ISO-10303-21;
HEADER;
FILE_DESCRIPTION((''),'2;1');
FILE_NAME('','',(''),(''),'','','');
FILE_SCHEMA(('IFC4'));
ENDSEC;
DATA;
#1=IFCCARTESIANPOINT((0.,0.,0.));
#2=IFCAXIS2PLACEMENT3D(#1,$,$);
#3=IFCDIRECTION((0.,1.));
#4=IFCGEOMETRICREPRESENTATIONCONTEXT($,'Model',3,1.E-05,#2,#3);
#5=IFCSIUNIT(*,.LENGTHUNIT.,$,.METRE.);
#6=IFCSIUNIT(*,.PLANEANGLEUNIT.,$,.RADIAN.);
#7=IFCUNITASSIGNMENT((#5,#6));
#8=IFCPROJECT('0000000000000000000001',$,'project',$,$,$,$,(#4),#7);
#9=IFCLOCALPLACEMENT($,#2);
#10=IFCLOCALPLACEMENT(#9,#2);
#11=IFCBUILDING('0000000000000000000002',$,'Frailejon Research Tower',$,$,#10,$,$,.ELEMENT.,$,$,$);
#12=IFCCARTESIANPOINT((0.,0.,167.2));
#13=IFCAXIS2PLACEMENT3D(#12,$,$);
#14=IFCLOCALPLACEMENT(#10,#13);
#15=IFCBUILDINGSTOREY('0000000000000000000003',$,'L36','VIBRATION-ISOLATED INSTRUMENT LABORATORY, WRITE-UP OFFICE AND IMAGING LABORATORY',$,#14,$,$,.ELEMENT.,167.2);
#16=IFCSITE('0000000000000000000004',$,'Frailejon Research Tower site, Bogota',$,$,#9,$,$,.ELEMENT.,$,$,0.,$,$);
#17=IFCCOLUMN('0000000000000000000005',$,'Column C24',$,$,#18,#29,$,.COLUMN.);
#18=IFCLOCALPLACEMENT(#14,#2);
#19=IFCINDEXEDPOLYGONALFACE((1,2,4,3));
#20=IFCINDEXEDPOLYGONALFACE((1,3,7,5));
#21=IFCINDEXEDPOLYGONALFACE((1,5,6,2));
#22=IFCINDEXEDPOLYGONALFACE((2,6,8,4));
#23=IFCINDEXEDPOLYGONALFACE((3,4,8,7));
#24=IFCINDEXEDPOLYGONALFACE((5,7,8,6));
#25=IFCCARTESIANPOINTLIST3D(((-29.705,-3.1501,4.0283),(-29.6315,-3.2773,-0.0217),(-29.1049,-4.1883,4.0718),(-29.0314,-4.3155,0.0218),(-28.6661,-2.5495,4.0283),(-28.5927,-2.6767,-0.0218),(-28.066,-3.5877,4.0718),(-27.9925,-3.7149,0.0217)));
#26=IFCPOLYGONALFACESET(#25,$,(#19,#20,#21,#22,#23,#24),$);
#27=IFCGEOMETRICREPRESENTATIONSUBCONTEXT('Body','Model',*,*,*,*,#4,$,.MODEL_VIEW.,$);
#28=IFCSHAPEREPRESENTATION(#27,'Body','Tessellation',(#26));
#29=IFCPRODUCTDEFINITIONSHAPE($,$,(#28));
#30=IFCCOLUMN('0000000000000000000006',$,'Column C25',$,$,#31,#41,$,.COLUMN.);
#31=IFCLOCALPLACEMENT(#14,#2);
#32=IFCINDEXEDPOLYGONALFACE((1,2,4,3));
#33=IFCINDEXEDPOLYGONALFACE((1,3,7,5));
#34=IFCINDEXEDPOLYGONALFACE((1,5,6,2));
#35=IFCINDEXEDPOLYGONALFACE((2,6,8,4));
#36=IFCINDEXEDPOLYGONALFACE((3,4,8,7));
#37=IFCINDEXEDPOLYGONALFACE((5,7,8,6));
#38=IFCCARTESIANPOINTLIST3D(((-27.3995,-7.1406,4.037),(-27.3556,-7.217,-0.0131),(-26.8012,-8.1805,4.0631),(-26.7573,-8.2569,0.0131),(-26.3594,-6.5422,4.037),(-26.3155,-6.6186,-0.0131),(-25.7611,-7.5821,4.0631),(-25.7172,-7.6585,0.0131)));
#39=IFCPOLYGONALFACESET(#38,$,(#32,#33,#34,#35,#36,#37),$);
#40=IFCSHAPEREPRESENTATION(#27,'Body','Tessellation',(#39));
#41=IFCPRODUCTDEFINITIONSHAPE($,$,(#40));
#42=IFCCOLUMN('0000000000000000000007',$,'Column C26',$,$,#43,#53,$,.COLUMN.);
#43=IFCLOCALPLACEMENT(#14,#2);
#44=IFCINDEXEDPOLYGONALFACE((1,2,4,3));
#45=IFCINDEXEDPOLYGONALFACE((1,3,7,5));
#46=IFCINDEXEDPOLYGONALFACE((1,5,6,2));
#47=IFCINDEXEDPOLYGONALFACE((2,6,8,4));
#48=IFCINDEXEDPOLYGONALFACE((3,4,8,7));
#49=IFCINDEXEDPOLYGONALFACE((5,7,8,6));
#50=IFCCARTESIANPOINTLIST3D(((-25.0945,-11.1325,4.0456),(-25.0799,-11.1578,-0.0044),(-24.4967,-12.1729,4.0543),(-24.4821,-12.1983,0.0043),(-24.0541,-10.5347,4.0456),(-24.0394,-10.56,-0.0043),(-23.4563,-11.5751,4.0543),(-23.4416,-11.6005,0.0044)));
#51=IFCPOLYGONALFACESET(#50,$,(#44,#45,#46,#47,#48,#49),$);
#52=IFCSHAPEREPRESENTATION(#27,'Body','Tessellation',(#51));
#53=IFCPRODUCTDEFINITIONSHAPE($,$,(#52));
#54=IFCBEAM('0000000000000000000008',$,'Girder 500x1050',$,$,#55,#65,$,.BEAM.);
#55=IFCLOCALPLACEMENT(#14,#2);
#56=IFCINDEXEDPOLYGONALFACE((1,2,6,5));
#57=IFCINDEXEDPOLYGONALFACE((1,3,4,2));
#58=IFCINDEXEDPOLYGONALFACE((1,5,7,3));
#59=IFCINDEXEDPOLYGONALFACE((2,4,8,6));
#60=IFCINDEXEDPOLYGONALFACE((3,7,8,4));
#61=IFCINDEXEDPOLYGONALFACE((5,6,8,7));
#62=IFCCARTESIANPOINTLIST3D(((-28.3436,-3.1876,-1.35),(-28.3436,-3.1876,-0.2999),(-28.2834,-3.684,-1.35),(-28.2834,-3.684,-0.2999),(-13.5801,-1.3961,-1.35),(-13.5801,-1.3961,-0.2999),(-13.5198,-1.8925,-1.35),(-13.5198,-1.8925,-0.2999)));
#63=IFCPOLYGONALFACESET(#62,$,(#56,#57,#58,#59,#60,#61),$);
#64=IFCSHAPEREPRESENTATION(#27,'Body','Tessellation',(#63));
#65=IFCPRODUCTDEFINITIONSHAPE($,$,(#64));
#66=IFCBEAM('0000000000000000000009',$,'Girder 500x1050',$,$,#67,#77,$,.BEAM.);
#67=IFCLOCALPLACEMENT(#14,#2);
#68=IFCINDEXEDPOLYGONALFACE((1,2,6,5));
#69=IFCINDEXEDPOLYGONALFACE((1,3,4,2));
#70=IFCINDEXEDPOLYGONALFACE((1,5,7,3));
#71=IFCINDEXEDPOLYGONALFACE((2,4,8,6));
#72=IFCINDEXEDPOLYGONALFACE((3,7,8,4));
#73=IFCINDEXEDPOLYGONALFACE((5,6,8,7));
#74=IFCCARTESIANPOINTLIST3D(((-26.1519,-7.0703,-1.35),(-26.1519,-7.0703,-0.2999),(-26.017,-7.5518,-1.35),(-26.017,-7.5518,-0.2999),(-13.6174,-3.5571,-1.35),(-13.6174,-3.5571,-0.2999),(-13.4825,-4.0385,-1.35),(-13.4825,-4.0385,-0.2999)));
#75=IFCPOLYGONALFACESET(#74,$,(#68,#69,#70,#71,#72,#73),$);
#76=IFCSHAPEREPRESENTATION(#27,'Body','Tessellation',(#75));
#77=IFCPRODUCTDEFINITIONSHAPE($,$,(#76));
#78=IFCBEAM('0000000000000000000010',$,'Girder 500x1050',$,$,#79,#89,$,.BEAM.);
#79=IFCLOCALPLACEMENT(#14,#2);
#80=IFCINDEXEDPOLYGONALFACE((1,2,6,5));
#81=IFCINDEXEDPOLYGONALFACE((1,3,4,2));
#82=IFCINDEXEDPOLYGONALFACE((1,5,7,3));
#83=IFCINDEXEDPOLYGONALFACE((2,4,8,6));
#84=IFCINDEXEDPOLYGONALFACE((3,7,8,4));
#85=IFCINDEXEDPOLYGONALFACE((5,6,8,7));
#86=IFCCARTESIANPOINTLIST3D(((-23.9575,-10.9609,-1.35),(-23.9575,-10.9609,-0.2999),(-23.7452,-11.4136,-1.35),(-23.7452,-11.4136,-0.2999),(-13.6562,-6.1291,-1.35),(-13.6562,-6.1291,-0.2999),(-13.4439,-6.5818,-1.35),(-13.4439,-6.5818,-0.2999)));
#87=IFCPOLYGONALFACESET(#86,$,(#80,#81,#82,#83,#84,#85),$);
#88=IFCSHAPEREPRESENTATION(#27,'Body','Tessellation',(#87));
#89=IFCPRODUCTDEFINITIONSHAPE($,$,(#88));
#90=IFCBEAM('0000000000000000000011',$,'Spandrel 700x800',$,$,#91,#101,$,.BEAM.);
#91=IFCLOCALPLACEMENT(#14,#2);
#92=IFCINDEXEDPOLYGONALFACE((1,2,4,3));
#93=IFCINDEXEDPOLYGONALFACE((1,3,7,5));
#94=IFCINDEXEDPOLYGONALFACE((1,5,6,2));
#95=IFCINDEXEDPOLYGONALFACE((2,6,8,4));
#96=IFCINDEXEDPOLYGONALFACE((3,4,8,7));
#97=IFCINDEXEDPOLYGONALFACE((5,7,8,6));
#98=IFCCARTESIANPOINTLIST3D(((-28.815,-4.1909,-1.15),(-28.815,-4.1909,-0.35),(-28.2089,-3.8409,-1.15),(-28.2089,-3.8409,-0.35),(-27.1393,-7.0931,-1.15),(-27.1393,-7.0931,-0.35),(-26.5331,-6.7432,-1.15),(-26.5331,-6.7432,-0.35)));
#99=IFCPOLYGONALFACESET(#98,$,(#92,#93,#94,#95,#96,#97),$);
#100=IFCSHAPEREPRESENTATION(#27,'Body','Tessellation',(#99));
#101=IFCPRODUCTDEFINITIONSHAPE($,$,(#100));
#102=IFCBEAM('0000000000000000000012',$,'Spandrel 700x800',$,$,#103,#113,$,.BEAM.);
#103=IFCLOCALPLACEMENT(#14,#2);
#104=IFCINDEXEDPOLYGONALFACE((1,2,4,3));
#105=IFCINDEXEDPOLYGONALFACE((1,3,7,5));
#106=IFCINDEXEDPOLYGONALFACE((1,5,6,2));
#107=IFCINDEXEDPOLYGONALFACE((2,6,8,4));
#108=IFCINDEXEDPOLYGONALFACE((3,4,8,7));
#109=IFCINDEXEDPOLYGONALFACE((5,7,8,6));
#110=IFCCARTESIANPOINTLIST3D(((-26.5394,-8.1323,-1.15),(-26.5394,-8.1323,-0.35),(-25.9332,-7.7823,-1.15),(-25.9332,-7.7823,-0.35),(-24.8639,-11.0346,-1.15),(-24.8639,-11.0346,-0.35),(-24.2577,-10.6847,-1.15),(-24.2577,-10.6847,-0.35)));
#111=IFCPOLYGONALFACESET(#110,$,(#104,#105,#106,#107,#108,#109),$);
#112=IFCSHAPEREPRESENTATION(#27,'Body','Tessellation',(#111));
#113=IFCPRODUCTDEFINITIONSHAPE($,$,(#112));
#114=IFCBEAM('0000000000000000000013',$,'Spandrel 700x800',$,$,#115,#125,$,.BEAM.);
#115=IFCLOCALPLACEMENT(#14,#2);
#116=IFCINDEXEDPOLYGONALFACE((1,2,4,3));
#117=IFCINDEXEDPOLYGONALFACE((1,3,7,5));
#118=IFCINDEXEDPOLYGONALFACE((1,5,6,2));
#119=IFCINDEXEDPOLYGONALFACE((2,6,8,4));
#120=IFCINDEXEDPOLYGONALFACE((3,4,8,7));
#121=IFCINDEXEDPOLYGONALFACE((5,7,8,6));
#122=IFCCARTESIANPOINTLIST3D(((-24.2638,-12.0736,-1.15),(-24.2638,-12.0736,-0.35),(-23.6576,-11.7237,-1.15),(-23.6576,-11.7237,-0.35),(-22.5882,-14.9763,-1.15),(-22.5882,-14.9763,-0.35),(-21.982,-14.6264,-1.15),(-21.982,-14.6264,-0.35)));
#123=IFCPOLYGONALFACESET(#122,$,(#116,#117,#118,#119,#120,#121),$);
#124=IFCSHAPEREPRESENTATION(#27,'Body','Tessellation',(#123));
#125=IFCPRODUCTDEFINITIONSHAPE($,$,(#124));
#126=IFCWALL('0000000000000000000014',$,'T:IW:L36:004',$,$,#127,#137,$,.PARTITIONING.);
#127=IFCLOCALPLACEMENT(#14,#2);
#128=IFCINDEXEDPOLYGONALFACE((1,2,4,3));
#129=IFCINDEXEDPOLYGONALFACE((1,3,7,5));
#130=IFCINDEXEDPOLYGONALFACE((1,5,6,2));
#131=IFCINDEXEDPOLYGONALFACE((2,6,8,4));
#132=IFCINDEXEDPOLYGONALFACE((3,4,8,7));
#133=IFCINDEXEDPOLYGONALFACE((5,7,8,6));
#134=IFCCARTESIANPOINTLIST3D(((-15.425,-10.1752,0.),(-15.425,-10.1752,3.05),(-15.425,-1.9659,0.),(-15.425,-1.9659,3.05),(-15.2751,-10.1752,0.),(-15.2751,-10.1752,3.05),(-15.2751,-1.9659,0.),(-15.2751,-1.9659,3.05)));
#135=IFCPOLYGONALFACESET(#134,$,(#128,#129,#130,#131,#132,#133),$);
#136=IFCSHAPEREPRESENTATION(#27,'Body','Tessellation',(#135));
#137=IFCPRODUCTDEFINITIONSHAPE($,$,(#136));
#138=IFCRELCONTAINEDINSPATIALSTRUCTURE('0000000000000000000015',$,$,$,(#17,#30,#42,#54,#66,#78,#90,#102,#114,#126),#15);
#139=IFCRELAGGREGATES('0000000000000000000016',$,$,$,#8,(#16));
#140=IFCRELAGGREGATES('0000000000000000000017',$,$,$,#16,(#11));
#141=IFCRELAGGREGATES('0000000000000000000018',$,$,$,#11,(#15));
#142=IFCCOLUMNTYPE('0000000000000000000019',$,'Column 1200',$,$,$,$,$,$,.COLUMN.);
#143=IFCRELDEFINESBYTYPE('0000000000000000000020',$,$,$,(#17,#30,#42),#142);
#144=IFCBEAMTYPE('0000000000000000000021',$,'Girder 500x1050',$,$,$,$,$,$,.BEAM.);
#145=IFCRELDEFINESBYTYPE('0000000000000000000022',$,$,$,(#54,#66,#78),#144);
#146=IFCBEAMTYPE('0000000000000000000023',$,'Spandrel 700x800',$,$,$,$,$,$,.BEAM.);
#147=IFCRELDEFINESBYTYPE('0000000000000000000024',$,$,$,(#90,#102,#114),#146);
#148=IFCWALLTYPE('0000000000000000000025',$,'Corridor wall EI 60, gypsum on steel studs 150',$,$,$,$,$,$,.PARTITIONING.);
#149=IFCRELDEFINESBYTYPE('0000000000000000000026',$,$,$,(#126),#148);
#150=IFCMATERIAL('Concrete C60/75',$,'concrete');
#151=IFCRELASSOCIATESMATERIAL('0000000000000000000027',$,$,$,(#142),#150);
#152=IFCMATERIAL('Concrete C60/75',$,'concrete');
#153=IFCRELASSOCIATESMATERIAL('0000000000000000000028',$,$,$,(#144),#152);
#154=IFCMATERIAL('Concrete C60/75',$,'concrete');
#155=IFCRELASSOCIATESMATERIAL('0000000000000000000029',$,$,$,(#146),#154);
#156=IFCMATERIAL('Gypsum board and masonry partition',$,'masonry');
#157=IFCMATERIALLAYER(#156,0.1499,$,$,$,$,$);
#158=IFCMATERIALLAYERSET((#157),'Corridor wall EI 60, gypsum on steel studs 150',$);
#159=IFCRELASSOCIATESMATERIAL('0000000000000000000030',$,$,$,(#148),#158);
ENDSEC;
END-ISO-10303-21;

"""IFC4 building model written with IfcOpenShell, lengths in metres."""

from ifc_helpers import new_model, si_unit, direction, frame, frame_2d, origin, origin_2d, place, context, subcontext, project, spatial, rectangle, extrude, material, layer, layer_set, material_profile, profile_set, type_object, element, save


model = new_model("IFC4")

# Units and contexts
model_context = context("Model", 3, precision=1e-05, world=origin(), true_north=direction((0.0, 1.0)))
body_context = subcontext(model_context, "Body", "Model", "MODEL_VIEW")
ifc_project = project(units=[si_unit("LENGTHUNIT", "METRE"), si_unit("PLANEANGLEUNIT", "RADIAN")], contexts=[model_context])

# Site, building, storey
site_placement = place(None, origin())
site = spatial("IfcSite", under=ifc_project, at=site_placement, Name="Frailejon Research Tower site, Bogota", CompositionType="ELEMENT", RefElevation=0.0)
building_placement = place(site_placement, origin())
building = spatial("IfcBuilding", under=site, at=building_placement, Name="Frailejon Research Tower", CompositionType="ELEMENT")
storey_placement = place(building_placement, frame((0.0, 0.0, 167.2)))
storey = spatial("IfcBuildingStorey", under=building, at=storey_placement, Name="L36", Description="VIBRATION-ISOLATED INSTRUMENT LABORATORY, WRITE-UP OFFICE AND IMAGING LABORATORY", CompositionType="ELEMENT", Elevation=167.2)

# Columns
ifc_material_1 = material(Name="Concrete C60/75", Category="concrete")
ifc_material_profile_1 = material_profile(ifc_material_1, rectangle(XDim=1.2, YDim=1.2, at=origin_2d()), Name="Column 1200")
ifc_profile_set_1 = profile_set([ifc_material_profile_1], Name="Concrete C60/75")
column_type = type_object("IfcColumnType", Name="Column 1200", PredefinedType="COLUMN", material=ifc_profile_set_1)
column_1_placement = place(storey_placement, frame((-28.812, -3.4961, 0.0), z_axis=(-0.018133, 0.031386, 0.999343), x_axis=(0.500145, -0.865183, 0.036247)))
element("IfcColumn", 1, at=column_1_placement, inside=storey, type_object=column_type, Name="Column C24", PredefinedType="COLUMN", context=body_context, shape_type="SweptSolid", body=[
    extrude(rectangle(XDim=1.2, YDim=1.2, at=origin_2d()), origin(), (0.0, 0.0, 1.0), 4.0527),
])
column_2_placement = place(storey_placement, frame((-26.5364, -7.4377, 0.0), z_axis=(-0.010848, 0.018863, 0.999763), x_axis=(0.498562, -0.866581, 0.02176)))
element("IfcColumn", 2, at=column_2_placement, inside=storey, type_object=column_type, Name="Column C25", PredefinedType="COLUMN", context=body_context, shape_type="SweptSolid", body=[
    extrude(rectangle(XDim=1.2, YDim=1.2, at=origin_2d()), origin(), (0.0, 0.0, 1.0), 4.051),
])
column_3_placement = place(storey_placement, frame((-24.2607, -11.3792, 0.0), z_axis=(-0.003617, 0.006269, 0.999974), x_axis=(0.498177, -0.867045, 0.007238)))
element("IfcColumn", 3, at=column_3_placement, inside=storey, type_object=column_type, Name="Column C26", PredefinedType="COLUMN", context=body_context, shape_type="SweptSolid", body=[
    extrude(rectangle(XDim=1.2, YDim=1.2, at=origin_2d()), origin(), (0.0, 0.0, 1.0), 4.05),
])

# Beams
ifc_material_2 = material(Name="Concrete C60/75", Category="concrete")
ifc_material_profile_2 = material_profile(ifc_material_2, rectangle(XDim=0.5, YDim=1.05, at=origin_2d()), Name="Girder 500x1050")
ifc_profile_set_2 = profile_set([ifc_material_profile_2], Name="Concrete C60/75")
beam_type_1 = type_object("IfcBeamType", Name="Girder 500x1050", PredefinedType="BEAM", material=ifc_profile_set_2)
beam_1_placement = place(storey_placement, frame((-28.3135, -3.4358, -0.825), z_axis=(0.992718, 0.120464, 0.0), x_axis=(-0.120464, 0.992718, 0.0)))
element("IfcBeam", 4, at=beam_1_placement, inside=storey, type_object=beam_type_1, Name="Girder 500x1050", PredefinedType="BEAM", context=body_context, shape_type="SweptSolid", body=[
    extrude(rectangle(XDim=0.5, YDim=1.05, at=origin_2d()), origin(), (0.0, 0.0, 1.0), 14.8718),
])
beam_2_placement = place(storey_placement, frame((-26.0845, -7.311, -0.825), z_axis=(0.962893, 0.269882, 0.0), x_axis=(-0.269882, 0.962893, 0.0)))
element("IfcBeam", 5, at=beam_2_placement, inside=storey, type_object=beam_type_1, Name="Girder 500x1050", PredefinedType="BEAM", context=body_context, shape_type="SweptSolid", body=[
    extrude(rectangle(XDim=0.5, YDim=1.05, at=origin_2d()), origin(), (0.0, 0.0, 1.0), 13.0176),
])
beam_3_placement = place(storey_placement, frame((-23.8513, -11.1873, -0.825), z_axis=(0.905355, 0.424655, 0.0), x_axis=(-0.424655, 0.905355, 0.0)))
element("IfcBeam", 6, at=beam_3_placement, inside=storey, type_object=beam_type_1, Name="Girder 500x1050", PredefinedType="BEAM", context=body_context, shape_type="SweptSolid", body=[
    extrude(rectangle(XDim=0.5, YDim=1.05, at=origin_2d()), origin(), (0.0, 0.0, 1.0), 11.3782),
])
ifc_material_3 = material(Name="Concrete C60/75", Category="concrete")
ifc_material_profile_3 = material_profile(ifc_material_3, rectangle(XDim=0.7, YDim=0.8, at=origin_2d()), Name="Spandrel 700x800")
ifc_profile_set_3 = profile_set([ifc_material_profile_3], Name="Concrete C60/75")
beam_type_2 = type_object("IfcBeamType", Name="Spandrel 700x800", PredefinedType="BEAM", material=ifc_profile_set_3)
for number, where, z_axis, x_axis, name in (
    (7, (-28.512, -4.0159, -0.75), (0.500025, -0.866011, 0.0), (0.866011, 0.500025, 0.0), "Spandrel 700x800"),
    (8, (-26.2363, -7.9573, -0.75), (0.49997, -0.866042, 0.0), (0.866042, 0.49997, 0.0), "Spandrel 700x800"),
):
    element("IfcBeam", number, at=place(storey_placement, frame(where, z_axis=z_axis, x_axis=x_axis)), inside=storey, type_object=beam_type_2, Name=name, PredefinedType="BEAM", context=body_context, shape_type="SweptSolid", body=[
        extrude(rectangle(XDim=0.7, YDim=0.8, at=origin_2d()), origin(), (0.0, 0.0, 1.0), 3.3513),
    ])
beam_4_placement = place(storey_placement, frame((-23.9607, -11.8987, -0.75), z_axis=(0.499939, -0.866061, 0.0), x_axis=(0.866061, 0.499939, 0.0)))
element("IfcBeam", 9, at=beam_4_placement, inside=storey, type_object=beam_type_2, Name="Spandrel 700x800", PredefinedType="BEAM", context=body_context, shape_type="SweptSolid", body=[
    extrude(rectangle(XDim=0.7, YDim=0.8, at=origin_2d()), origin(), (0.0, 0.0, 1.0), 3.3516),
])

# Wall
ifc_material_4 = material(Name="Gypsum board and masonry partition", Category="masonry")
ifc_layer_1 = layer(ifc_material_4, 0.1499)
ifc_layer_set_1 = layer_set([ifc_layer_1], Name="Corridor wall EI 60, gypsum on steel studs 150")
wall_type_1 = type_object("IfcWallType", Name="Corridor wall EI 60, gypsum on steel studs 150", PredefinedType="PARTITIONING", material=ifc_layer_set_1)
wall_1_placement = place(storey_placement, frame((-15.3501, -10.175, 0.0), z_axis=(0.0, 0.0, 1.0), x_axis=(0.0, 1.0, 0.0)))
element("IfcWall", 10, at=wall_1_placement, inside=storey, type_object=wall_type_1, Name="T:IW:L36:004", PredefinedType="PARTITIONING", context=body_context, shape_type="SweptSolid", body=[
    extrude(rectangle(XDim=8.2092, YDim=0.1499, at=frame_2d((4.1045, 0.0))), origin(), (0.0, 0.0, 1.0), 3.05),
])

save(model, "model.ifc")
